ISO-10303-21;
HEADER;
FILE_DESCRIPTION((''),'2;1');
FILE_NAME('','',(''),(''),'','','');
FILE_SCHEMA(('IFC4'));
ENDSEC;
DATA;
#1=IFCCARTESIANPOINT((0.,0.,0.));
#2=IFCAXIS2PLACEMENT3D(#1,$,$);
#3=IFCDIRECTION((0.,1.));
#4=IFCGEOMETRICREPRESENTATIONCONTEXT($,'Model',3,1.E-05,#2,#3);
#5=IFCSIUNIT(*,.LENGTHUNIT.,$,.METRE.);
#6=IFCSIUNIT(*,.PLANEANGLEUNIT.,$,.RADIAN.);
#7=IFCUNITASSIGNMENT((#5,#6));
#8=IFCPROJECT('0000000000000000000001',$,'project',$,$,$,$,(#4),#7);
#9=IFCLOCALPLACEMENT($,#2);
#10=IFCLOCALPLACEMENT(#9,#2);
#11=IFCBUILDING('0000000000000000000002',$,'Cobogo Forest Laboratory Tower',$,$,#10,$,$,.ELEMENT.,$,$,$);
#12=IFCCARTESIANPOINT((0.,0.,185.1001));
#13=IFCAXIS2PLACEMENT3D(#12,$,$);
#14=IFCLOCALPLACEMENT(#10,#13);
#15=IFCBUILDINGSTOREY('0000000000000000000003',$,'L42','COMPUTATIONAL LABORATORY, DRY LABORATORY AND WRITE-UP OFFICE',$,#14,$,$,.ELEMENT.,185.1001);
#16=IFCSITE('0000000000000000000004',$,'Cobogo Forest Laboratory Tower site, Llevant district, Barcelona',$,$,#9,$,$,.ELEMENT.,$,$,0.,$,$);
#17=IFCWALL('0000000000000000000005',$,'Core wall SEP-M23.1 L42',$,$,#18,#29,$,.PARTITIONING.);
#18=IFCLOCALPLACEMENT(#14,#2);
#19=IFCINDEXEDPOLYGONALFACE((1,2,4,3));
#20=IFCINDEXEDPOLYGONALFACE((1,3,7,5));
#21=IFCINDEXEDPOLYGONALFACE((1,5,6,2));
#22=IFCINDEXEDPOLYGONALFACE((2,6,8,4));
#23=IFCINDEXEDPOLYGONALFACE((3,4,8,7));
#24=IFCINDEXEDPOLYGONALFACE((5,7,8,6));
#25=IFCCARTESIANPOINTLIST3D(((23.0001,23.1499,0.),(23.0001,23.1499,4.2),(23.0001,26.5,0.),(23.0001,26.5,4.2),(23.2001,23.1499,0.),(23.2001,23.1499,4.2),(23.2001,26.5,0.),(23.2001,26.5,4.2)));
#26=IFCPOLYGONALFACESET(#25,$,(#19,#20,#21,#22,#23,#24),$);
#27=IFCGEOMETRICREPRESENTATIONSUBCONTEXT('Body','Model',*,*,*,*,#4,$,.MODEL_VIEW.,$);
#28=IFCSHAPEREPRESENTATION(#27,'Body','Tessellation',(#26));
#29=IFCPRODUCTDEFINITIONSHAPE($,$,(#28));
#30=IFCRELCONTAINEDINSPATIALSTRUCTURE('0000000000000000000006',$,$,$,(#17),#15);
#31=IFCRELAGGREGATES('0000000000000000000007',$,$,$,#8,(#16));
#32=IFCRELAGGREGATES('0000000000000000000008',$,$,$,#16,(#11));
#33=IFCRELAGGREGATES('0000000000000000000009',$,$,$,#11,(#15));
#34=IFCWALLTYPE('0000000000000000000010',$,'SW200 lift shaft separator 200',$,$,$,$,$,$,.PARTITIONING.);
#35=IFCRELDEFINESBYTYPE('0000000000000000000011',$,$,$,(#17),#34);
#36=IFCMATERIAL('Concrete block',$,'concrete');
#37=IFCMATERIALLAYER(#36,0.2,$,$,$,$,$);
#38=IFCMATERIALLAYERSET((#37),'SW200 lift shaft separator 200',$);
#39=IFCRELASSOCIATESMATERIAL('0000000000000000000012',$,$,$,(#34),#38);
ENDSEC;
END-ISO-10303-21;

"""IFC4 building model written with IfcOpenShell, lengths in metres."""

from ifc_helpers import new_model, si_unit, direction, frame, frame_2d, origin, place, context, subcontext, project, spatial, rectangle, extrude, material, layer, layer_set, type_object, element, save


model = new_model("IFC4")

# Units and contexts
model_context = context("Model", 3, precision=1e-05, world=origin(), true_north=direction((0.0, 1.0)))
body_context = subcontext(model_context, "Body", "Model", "MODEL_VIEW")
ifc_project = project(units=[si_unit("LENGTHUNIT", "METRE"), si_unit("PLANEANGLEUNIT", "RADIAN")], contexts=[model_context])

# Site, building, storey
site_placement = place(None, origin())
site = spatial("IfcSite", under=ifc_project, at=site_placement, Name="Cobogo Forest Laboratory Tower site, Llevant district, Barcelona", CompositionType="ELEMENT", RefElevation=0.0)
building_placement = place(site_placement, origin())
building = spatial("IfcBuilding", under=site, at=building_placement, Name="Cobogo Forest Laboratory Tower", CompositionType="ELEMENT")
storey_placement = place(building_placement, frame((0.0, 0.0, 185.1001)))
storey = spatial("IfcBuildingStorey", under=building, at=storey_placement, Name="L42", Description="COMPUTATIONAL LABORATORY, DRY LABORATORY AND WRITE-UP OFFICE", CompositionType="ELEMENT", Elevation=185.1001)

# Wall
ifc_material_1 = material(Name="Concrete block", Category="concrete")
ifc_layer_1 = layer(ifc_material_1, 0.2)
ifc_layer_set_1 = layer_set([ifc_layer_1], Name="SW200 lift shaft separator 200")
wall_type_1 = type_object("IfcWallType", Name="SW200 lift shaft separator 200", PredefinedType="PARTITIONING", material=ifc_layer_set_1)
for number, where, z_axis, x_axis, name in (
    (1, (23.1001, 23.1499, 0.0), (0.0, 0.0, 1.0), (0.0, 1.0, 0.0), "Core wall SEP-M23.1 L42"),
):
    element("IfcWall", number, at=place(storey_placement, frame(where, z_axis=z_axis, x_axis=x_axis)), inside=storey, type_object=wall_type_1, Name=name, PredefinedType="PARTITIONING", context=body_context, shape_type="SweptSolid", body=[
        extrude(rectangle(XDim=3.3501, YDim=0.2, at=frame_2d((1.675, 0.0))), origin(), (0.0, 0.0, 1.0), 4.2),
    ])

save(model, "model.ifc")
